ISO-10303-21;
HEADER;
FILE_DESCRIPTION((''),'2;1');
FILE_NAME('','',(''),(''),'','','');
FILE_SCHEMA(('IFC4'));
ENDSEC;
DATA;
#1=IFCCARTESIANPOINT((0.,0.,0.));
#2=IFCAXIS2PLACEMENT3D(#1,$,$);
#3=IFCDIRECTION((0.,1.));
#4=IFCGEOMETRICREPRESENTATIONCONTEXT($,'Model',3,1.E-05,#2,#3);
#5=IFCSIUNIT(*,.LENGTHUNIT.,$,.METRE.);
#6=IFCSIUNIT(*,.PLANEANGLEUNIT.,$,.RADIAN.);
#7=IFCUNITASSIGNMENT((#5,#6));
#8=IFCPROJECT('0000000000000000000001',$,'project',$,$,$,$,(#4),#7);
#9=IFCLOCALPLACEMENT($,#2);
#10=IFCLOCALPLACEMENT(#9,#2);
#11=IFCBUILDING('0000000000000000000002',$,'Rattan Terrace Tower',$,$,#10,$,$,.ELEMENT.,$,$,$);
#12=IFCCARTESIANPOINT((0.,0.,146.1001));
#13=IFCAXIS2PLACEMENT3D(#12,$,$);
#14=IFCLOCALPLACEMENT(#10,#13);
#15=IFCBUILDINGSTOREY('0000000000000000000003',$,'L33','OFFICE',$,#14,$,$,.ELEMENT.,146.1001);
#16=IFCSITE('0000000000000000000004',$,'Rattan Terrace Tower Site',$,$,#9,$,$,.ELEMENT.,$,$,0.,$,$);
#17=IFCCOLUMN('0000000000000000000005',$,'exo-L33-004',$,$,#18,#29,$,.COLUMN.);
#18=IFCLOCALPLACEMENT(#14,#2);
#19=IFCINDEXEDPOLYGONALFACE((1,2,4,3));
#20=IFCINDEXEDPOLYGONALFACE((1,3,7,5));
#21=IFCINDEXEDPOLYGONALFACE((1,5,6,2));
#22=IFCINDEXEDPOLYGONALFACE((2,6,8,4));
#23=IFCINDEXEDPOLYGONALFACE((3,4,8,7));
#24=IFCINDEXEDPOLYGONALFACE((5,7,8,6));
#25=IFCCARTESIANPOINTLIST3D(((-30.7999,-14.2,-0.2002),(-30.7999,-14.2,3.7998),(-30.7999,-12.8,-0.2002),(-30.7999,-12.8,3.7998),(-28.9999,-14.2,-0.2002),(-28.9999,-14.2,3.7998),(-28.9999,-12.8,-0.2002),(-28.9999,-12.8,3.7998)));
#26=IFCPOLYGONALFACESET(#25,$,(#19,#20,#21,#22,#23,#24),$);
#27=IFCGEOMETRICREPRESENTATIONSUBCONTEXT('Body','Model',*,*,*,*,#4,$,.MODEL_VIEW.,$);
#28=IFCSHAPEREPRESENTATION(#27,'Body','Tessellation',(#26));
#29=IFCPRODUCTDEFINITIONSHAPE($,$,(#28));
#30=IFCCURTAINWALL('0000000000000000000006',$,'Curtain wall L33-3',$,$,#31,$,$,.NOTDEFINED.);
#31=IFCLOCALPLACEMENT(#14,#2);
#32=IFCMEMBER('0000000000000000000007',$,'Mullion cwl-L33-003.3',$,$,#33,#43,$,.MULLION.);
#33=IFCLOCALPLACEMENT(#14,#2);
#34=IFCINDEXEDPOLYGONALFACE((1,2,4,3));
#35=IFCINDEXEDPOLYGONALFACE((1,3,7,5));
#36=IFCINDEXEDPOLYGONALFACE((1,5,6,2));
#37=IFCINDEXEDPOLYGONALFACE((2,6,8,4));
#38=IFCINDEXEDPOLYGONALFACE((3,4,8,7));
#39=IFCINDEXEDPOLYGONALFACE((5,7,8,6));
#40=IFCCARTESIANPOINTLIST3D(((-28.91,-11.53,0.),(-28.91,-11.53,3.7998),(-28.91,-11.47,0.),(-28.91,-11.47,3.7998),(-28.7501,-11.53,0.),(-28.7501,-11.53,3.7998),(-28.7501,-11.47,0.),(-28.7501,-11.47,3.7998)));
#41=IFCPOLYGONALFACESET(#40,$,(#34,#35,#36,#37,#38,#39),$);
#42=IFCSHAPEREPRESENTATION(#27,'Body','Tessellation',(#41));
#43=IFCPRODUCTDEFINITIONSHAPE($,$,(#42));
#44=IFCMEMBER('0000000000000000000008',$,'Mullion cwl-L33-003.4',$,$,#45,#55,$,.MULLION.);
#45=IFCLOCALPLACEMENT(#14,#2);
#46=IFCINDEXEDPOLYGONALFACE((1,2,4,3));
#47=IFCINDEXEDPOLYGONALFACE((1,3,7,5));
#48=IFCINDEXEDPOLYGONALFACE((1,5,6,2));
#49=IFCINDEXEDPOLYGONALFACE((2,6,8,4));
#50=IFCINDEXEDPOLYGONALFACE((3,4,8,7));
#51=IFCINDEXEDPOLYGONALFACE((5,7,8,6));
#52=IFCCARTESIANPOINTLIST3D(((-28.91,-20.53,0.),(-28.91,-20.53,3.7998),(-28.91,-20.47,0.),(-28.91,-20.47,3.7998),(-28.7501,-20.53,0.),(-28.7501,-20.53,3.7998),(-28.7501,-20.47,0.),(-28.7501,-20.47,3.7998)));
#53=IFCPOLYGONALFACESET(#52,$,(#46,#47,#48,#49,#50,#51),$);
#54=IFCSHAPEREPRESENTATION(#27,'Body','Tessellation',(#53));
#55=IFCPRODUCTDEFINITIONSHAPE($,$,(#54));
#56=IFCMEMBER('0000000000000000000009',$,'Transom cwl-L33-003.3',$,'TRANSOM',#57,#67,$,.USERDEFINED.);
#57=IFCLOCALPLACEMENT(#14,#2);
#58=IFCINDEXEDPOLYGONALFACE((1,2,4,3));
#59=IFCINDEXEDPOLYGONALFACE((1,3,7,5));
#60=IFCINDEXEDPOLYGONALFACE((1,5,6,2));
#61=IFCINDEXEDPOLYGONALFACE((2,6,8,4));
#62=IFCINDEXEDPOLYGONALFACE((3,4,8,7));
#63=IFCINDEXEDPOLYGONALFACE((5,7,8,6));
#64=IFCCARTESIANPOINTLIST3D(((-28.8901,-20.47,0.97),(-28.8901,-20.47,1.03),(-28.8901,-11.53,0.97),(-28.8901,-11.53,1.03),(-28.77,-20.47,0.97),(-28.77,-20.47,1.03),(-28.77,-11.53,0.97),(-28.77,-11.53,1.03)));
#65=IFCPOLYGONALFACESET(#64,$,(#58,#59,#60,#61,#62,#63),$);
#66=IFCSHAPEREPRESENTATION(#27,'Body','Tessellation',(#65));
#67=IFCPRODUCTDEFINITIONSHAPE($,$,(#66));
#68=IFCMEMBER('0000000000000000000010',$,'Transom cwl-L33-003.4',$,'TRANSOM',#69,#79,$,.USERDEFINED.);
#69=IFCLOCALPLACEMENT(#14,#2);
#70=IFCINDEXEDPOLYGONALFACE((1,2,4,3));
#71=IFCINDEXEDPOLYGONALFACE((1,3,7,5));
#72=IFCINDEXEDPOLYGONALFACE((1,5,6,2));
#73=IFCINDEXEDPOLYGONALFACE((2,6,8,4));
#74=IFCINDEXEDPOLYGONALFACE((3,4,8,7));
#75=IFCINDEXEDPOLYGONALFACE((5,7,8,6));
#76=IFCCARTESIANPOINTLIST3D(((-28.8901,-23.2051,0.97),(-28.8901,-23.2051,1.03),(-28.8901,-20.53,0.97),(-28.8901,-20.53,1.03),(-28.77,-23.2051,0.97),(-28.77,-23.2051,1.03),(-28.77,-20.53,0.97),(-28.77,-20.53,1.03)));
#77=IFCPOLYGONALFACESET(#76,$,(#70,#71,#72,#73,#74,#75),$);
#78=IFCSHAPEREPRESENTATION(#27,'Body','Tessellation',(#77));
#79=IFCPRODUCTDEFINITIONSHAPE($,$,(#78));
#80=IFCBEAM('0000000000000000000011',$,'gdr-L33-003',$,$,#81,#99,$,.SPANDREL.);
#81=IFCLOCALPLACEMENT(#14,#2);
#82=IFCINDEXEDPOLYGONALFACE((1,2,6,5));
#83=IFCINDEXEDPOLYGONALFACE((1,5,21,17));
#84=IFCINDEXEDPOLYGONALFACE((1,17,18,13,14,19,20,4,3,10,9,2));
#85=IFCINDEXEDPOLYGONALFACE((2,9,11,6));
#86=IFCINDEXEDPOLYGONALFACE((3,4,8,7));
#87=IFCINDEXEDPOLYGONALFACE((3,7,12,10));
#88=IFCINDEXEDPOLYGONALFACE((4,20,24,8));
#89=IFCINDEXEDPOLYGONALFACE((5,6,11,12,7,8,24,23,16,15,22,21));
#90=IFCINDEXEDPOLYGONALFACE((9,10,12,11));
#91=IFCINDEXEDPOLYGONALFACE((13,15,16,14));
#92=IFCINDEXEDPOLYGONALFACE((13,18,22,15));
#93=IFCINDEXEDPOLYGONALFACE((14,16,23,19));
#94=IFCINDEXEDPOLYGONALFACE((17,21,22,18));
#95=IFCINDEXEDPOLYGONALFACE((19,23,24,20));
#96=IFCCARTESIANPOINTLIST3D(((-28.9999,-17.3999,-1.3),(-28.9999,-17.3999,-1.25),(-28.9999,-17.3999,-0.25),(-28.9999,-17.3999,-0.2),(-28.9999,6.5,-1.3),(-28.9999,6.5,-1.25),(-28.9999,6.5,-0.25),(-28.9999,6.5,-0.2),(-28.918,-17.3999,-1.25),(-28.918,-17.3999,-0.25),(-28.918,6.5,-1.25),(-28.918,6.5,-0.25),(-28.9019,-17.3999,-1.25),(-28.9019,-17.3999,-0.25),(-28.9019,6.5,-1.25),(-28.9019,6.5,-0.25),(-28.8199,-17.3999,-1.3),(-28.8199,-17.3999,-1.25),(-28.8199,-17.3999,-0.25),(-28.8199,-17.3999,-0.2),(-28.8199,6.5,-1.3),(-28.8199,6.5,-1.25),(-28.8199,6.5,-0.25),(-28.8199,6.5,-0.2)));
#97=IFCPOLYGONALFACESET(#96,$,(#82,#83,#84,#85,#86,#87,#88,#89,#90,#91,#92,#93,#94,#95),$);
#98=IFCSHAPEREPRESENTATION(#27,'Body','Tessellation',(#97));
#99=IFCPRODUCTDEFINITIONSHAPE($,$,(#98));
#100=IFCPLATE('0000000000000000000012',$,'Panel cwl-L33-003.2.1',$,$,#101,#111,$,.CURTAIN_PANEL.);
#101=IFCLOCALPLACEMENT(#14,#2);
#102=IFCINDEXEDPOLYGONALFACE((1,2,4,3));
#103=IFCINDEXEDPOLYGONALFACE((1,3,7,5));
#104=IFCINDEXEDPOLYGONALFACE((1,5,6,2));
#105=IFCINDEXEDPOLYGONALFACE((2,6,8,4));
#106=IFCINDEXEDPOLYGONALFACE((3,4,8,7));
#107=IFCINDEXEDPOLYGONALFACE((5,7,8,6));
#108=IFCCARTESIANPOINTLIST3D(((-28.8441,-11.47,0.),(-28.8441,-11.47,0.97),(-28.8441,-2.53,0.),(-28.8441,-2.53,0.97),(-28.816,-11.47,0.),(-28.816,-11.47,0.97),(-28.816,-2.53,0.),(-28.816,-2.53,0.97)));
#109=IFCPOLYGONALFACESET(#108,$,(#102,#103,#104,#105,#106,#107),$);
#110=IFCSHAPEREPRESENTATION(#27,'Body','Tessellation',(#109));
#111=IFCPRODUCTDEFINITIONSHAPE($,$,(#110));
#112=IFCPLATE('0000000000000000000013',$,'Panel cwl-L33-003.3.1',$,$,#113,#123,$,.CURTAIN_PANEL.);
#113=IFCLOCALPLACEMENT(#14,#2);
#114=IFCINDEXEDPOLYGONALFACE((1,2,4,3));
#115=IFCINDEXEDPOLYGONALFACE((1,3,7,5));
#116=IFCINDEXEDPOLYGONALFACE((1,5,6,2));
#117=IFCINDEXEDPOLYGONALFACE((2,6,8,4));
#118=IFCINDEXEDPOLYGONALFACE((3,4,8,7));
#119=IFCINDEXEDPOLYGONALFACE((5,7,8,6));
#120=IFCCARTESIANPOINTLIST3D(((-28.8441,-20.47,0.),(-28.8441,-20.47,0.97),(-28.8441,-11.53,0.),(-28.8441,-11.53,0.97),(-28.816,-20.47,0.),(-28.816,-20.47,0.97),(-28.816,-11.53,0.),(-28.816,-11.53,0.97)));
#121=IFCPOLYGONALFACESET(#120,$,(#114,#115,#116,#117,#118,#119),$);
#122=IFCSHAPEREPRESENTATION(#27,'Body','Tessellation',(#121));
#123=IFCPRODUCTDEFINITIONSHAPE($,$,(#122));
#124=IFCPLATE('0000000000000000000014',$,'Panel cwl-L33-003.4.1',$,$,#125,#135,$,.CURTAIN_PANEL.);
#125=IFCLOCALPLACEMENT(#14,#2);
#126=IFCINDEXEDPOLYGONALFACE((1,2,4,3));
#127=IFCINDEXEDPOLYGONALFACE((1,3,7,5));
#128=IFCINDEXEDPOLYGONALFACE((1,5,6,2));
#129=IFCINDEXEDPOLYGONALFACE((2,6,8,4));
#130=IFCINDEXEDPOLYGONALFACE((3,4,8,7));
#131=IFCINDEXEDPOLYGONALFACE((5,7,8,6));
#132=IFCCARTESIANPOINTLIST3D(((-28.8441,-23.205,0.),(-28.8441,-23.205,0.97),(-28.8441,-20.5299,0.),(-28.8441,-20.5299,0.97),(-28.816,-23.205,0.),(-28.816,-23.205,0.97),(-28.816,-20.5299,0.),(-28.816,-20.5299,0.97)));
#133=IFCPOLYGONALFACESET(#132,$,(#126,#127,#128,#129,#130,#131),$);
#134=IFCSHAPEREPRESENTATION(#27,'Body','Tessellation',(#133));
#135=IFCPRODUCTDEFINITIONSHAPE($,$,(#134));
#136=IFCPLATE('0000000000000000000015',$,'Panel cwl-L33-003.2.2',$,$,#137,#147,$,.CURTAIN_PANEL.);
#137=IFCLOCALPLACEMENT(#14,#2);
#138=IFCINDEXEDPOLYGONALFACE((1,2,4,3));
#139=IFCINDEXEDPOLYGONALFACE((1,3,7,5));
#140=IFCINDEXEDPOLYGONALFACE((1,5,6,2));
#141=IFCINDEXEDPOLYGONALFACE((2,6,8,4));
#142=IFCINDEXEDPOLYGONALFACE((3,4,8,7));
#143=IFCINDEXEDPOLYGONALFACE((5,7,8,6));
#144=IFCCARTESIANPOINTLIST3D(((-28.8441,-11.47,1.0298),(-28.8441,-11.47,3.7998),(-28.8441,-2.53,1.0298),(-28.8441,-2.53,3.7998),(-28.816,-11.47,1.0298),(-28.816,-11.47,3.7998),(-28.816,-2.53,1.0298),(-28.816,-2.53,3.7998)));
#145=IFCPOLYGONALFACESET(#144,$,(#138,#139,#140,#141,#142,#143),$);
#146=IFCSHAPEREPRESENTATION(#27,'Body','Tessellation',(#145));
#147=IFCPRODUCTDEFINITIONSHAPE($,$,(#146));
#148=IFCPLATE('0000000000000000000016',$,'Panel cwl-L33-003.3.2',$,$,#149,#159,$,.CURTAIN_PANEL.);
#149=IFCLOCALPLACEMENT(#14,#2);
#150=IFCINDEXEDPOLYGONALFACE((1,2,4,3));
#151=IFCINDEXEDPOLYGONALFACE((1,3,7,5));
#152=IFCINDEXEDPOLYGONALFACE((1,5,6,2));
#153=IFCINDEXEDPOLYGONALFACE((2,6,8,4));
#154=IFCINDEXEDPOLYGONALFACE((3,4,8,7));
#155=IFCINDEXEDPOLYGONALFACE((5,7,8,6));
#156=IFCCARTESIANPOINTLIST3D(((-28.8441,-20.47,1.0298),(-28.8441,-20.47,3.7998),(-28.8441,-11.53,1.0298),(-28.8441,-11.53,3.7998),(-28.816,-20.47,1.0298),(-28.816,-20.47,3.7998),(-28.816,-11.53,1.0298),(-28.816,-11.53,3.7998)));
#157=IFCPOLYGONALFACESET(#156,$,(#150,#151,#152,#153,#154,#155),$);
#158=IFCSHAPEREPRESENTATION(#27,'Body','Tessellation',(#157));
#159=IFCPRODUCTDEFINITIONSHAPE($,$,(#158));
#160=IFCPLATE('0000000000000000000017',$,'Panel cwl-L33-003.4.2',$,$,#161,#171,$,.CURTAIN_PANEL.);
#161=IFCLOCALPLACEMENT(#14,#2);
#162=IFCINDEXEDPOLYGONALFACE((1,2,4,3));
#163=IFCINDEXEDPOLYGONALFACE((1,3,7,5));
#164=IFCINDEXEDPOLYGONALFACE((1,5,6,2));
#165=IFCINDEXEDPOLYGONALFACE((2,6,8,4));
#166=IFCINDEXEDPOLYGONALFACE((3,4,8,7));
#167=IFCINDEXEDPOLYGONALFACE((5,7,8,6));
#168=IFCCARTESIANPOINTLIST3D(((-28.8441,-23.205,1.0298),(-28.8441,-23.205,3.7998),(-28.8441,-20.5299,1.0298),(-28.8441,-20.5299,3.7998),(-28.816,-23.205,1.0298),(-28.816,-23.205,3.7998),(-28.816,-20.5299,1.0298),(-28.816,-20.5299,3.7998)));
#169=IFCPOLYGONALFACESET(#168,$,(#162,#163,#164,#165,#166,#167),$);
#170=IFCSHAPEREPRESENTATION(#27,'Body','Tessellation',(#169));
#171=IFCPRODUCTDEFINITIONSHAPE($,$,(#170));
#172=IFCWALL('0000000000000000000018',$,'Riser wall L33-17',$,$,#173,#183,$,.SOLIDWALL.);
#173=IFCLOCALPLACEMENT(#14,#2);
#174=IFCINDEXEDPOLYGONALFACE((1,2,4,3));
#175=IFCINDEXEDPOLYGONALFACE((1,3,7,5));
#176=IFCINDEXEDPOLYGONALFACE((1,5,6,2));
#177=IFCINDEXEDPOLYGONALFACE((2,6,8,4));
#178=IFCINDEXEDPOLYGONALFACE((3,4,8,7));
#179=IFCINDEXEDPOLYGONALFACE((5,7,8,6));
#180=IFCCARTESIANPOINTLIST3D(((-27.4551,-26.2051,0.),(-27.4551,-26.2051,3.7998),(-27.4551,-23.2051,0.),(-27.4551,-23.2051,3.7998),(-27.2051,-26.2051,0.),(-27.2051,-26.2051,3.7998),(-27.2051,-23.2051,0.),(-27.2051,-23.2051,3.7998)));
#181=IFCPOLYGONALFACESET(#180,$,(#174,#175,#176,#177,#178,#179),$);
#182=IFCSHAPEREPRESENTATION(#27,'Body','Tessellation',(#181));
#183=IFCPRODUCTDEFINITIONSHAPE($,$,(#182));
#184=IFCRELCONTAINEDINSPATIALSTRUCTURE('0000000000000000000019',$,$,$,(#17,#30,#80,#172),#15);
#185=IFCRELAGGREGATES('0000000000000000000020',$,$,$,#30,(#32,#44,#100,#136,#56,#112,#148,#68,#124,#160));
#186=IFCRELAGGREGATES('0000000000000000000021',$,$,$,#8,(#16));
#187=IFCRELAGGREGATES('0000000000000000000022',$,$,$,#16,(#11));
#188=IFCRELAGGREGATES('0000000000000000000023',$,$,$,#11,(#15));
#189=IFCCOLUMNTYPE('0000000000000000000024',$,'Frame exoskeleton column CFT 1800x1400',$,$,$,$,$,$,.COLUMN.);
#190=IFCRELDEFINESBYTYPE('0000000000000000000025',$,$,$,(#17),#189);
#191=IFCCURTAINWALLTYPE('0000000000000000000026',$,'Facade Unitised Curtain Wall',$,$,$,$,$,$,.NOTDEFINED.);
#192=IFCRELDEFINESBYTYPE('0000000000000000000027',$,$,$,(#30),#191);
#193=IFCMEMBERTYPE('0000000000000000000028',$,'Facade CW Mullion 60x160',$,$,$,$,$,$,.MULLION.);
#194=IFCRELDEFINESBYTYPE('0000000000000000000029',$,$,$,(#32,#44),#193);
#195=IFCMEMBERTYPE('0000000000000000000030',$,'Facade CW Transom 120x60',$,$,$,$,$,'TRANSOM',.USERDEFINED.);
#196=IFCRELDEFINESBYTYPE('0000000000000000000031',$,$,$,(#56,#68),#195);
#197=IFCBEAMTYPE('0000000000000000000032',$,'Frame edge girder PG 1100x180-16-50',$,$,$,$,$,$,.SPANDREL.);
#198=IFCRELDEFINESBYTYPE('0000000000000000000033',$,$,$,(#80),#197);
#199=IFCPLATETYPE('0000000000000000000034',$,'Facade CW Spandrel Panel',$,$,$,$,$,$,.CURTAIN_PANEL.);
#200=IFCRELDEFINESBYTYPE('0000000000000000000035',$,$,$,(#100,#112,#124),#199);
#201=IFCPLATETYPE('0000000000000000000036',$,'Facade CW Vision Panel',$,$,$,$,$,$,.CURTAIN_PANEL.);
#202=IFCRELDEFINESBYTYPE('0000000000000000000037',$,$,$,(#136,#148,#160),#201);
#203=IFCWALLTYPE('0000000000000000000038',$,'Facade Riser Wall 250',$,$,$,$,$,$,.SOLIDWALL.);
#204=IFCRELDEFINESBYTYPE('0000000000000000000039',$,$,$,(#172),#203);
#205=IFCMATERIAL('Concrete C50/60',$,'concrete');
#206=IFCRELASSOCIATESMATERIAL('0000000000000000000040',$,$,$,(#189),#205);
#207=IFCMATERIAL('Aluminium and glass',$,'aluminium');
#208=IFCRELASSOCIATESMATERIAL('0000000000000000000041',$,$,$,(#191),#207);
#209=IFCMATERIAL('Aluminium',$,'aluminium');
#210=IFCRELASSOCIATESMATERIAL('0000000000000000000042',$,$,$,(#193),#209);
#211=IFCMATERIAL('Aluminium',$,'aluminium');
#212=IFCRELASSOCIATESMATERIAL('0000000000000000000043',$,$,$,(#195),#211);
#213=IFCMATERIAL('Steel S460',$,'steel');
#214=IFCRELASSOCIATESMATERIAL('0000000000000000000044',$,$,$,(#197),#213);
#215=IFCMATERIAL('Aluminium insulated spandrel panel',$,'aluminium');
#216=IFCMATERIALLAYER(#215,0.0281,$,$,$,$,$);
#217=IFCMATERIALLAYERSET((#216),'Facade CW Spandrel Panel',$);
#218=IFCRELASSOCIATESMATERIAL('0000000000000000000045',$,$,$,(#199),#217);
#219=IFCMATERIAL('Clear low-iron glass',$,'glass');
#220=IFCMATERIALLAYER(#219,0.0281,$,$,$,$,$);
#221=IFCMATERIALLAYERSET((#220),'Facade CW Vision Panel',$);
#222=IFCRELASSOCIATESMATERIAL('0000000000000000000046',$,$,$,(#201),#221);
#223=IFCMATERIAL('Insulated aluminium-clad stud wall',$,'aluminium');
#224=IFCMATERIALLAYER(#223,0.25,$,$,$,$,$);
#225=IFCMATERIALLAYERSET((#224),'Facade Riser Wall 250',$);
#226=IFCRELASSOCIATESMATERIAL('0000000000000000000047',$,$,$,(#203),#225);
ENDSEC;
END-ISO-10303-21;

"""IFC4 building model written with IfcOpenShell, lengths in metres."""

from ifc_helpers import new_model, si_unit, direction, frame, frame_2d, origin, origin_2d, place, context, subcontext, project, spatial, rectangle, i_section, extrude, material, layer, layer_set, material_profile, profile_set, type_object, element, aggregate, save


model = new_model("IFC4")

# Units and contexts
model_context = context("Model", 3, precision=1e-05, world=origin(), true_north=direction((0.0, 1.0)))
body_context = subcontext(model_context, "Body", "Model", "MODEL_VIEW")
ifc_project = project(units=[si_unit("LENGTHUNIT", "METRE"), si_unit("PLANEANGLEUNIT", "RADIAN")], contexts=[model_context])

# Site, building, storey
site_placement = place(None, origin())
site = spatial("IfcSite", under=ifc_project, at=site_placement, Name="Rattan Terrace Tower Site", CompositionType="ELEMENT", RefElevation=0.0)
building_placement = place(site_placement, origin())
building = spatial("IfcBuilding", under=site, at=building_placement, Name="Rattan Terrace Tower", CompositionType="ELEMENT")
storey_placement = place(building_placement, frame((0.0, 0.0, 146.1001)))
storey = spatial("IfcBuildingStorey", under=building, at=storey_placement, Name="L33", Description="OFFICE", CompositionType="ELEMENT", Elevation=146.1001)

# Column
ifc_material_1 = material(Name="Concrete C50/60", Category="concrete")
ifc_material_profile_1 = material_profile(ifc_material_1, rectangle(XDim=1.3999, YDim=1.8, at=origin_2d()), Name="CFT 1800x1400")
ifc_profile_set_1 = profile_set([ifc_material_profile_1], Name="Concrete C50/60")
column_type = type_object("IfcColumnType", Name="Frame exoskeleton column CFT 1800x1400", PredefinedType="COLUMN", material=ifc_profile_set_1)
column_placement = place(storey_placement, frame((-29.8999, -13.5, -0.2002), z_axis=(0.0, 0.0, 1.0), x_axis=(0.0, 1.0, 0.0)))
element("IfcColumn", 1, at=column_placement, inside=storey, type_object=column_type, Name="exo-L33-004", PredefinedType="COLUMN", context=body_context, shape_type="SweptSolid", body=[
    extrude(rectangle(XDim=1.3999, YDim=1.8, at=origin_2d()), origin(), (0.0, 0.0, 1.0), 4.0),
])

# Curtain wall, members
ifc_material_2 = material(Name="Aluminium and glass", Category="aluminium")
curtain_wall_type = type_object("IfcCurtainWallType", Name="Facade Unitised Curtain Wall", PredefinedType="NOTDEFINED", material=ifc_material_2)
curtain_wall_placement = place(storey_placement, origin())
curtain_wall = element("IfcCurtainWall", 2, at=curtain_wall_placement, inside=storey, type_object=curtain_wall_type, Name="Curtain wall L33-3", PredefinedType="NOTDEFINED")
ifc_material_3 = material(Name="Aluminium", Category="aluminium")
ifc_material_profile_2 = material_profile(ifc_material_3, rectangle(XDim=0.0601, YDim=0.1599, at=origin_2d()), Name="Aluminium 60x160")
ifc_profile_set_2 = profile_set([ifc_material_profile_2], Name="Aluminium")
member_type_1 = type_object("IfcMemberType", Name="Facade CW Mullion 60x160", PredefinedType="MULLION", material=ifc_profile_set_2)
member_1_placement = place(storey_placement, frame((-28.8301, -11.5, 0.0), z_axis=(0.0, 0.0, 1.0), x_axis=(0.0, -1.0, 0.0)))
member_1 = element("IfcMember", 3, at=member_1_placement, type_object=member_type_1, Name="Mullion cwl-L33-003.3", PredefinedType="MULLION", context=body_context, shape_type="SweptSolid", body=[
    extrude(rectangle(XDim=0.0601, YDim=0.1599, at=origin_2d()), origin(), (0.0, 0.0, 1.0), 3.7998),
])
member_2_placement = place(storey_placement, frame((-28.8301, -20.5, 0.0), z_axis=(0.0, 0.0, 1.0), x_axis=(0.0, -1.0, 0.0)))
member_2 = element("IfcMember", 4, at=member_2_placement, type_object=member_type_1, Name="Mullion cwl-L33-003.4", PredefinedType="MULLION", context=body_context, shape_type="SweptSolid", body=[
    extrude(rectangle(XDim=0.0601, YDim=0.1599, at=origin_2d()), origin(), (0.0, 0.0, 1.0), 3.7998),
])
ifc_material_4 = material(Name="Aluminium", Category="aluminium")
ifc_material_profile_3 = material_profile(ifc_material_4, rectangle(XDim=0.1201, YDim=0.0601, at=origin_2d()), Name="Aluminium 120x60")
ifc_profile_set_3 = profile_set([ifc_material_profile_3], Name="Aluminium")
member_type_2 = type_object("IfcMemberType", Name="Facade CW Transom 120x60", ElementType="TRANSOM", PredefinedType="USERDEFINED", material=ifc_profile_set_3)
member_3_placement = place(storey_placement, frame((-28.8301, -11.53, 1.0), z_axis=(0.0, -1.0, 0.0), x_axis=(1.0, 0.0, 0.0)))
member_3 = element("IfcMember", 5, at=member_3_placement, type_object=member_type_2, Name="Transom cwl-L33-003.3", ObjectType="TRANSOM", PredefinedType="USERDEFINED", context=body_context, shape_type="SweptSolid", body=[
    extrude(rectangle(XDim=0.1201, YDim=0.0601, at=origin_2d()), origin(), (0.0, 0.0, 1.0), 8.9399),
])
member_4_placement = place(storey_placement, frame((-28.8301, -20.53, 1.0), z_axis=(0.0, -1.0, 0.0), x_axis=(1.0, 0.0, 0.0)))
member_4 = element("IfcMember", 6, at=member_4_placement, type_object=member_type_2, Name="Transom cwl-L33-003.4", ObjectType="TRANSOM", PredefinedType="USERDEFINED", context=body_context, shape_type="SweptSolid", body=[
    extrude(rectangle(XDim=0.1201, YDim=0.0601, at=origin_2d()), origin(), (0.0, 0.0, 1.0), 2.675),
])

# Beam
ifc_material_5 = material(Name="Steel S460", Category="steel")
ifc_material_profile_4 = material_profile(ifc_material_5, i_section(OverallWidth=0.1799, OverallDepth=1.1001, WebThickness=0.0161, FlangeThickness=0.05, at=origin_2d()), Name="PG 1100x180-16-50")
ifc_profile_set_4 = profile_set([ifc_material_profile_4], Name="Steel S460")
beam_type = type_object("IfcBeamType", Name="Frame edge girder PG 1100x180-16-50", PredefinedType="SPANDREL", material=ifc_profile_set_4)
beam_placement = place(storey_placement, frame((-28.9099, -17.3999, -0.75), z_axis=(0.0, 1.0, 0.0), x_axis=(-1.0, 0.0, 0.0)))
element("IfcBeam", 7, at=beam_placement, inside=storey, type_object=beam_type, Name="gdr-L33-003", PredefinedType="SPANDREL", context=body_context, shape_type="SweptSolid", body=[
    extrude(i_section(OverallWidth=0.1799, OverallDepth=1.1001, WebThickness=0.0161, FlangeThickness=0.05, at=origin_2d()), origin(), (0.0, 0.0, 1.0), 23.8999),
])

# Plates
ifc_material_6 = material(Name="Aluminium insulated spandrel panel", Category="aluminium")
ifc_layer_1 = layer(ifc_material_6, 0.0281)
ifc_layer_set_1 = layer_set([ifc_layer_1], Name="Facade CW Spandrel Panel")
plate_type_1 = type_object("IfcPlateType", Name="Facade CW Spandrel Panel", PredefinedType="CURTAIN_PANEL", material=ifc_layer_set_1)
plate_1_placement = place(storey_placement, frame((-28.8301, -7.0, 0.0), z_axis=(0.0, 0.0, 1.0), x_axis=(0.0, -1.0, 0.0)))
plate_1 = element("IfcPlate", 8, at=plate_1_placement, type_object=plate_type_1, Name="Panel cwl-L33-003.2.1", PredefinedType="CURTAIN_PANEL", context=body_context, shape_type="SweptSolid", body=[
    extrude(rectangle(XDim=8.9399, YDim=0.0281, at=origin_2d()), origin(), (0.0, 0.0, 1.0), 0.97),
])
plate_2_placement = place(storey_placement, frame((-28.8301, -16.0, 0.0), z_axis=(0.0, 0.0, 1.0), x_axis=(0.0, -1.0, 0.0)))
plate_2 = element("IfcPlate", 9, at=plate_2_placement, type_object=plate_type_1, Name="Panel cwl-L33-003.3.1", PredefinedType="CURTAIN_PANEL", context=body_context, shape_type="SweptSolid", body=[
    extrude(rectangle(XDim=8.9399, YDim=0.0281, at=origin_2d()), origin(), (0.0, 0.0, 1.0), 0.97),
])
plate_3_placement = place(storey_placement, frame((-28.8301, -21.8674, 0.0), z_axis=(0.0, 0.0, 1.0), x_axis=(0.0, -1.0, 0.0)))
plate_3 = element("IfcPlate", 10, at=plate_3_placement, type_object=plate_type_1, Name="Panel cwl-L33-003.4.1", PredefinedType="CURTAIN_PANEL", context=body_context, shape_type="SweptSolid", body=[
    extrude(rectangle(XDim=2.675, YDim=0.0281, at=origin_2d()), origin(), (0.0, 0.0, 1.0), 0.97),
])
ifc_material_7 = material(Name="Clear low-iron glass", Category="glass")
ifc_layer_2 = layer(ifc_material_7, 0.0281)
ifc_layer_set_2 = layer_set([ifc_layer_2], Name="Facade CW Vision Panel")
plate_type_2 = type_object("IfcPlateType", Name="Facade CW Vision Panel", PredefinedType="CURTAIN_PANEL", material=ifc_layer_set_2)
plate_4_placement = place(storey_placement, frame((-28.8301, -7.0, 1.0298), z_axis=(0.0, 0.0, 1.0), x_axis=(0.0, -1.0, 0.0)))
plate_4 = element("IfcPlate", 11, at=plate_4_placement, type_object=plate_type_2, Name="Panel cwl-L33-003.2.2", PredefinedType="CURTAIN_PANEL", context=body_context, shape_type="SweptSolid", body=[
    extrude(rectangle(XDim=8.9399, YDim=0.0281, at=origin_2d()), origin(), (0.0, 0.0, 1.0), 2.77),
])
plate_5_placement = place(storey_placement, frame((-28.8301, -16.0, 1.0298), z_axis=(0.0, 0.0, 1.0), x_axis=(0.0, -1.0, 0.0)))
plate_5 = element("IfcPlate", 12, at=plate_5_placement, type_object=plate_type_2, Name="Panel cwl-L33-003.3.2", PredefinedType="CURTAIN_PANEL", context=body_context, shape_type="SweptSolid", body=[
    extrude(rectangle(XDim=8.9399, YDim=0.0281, at=origin_2d()), origin(), (0.0, 0.0, 1.0), 2.77),
])
plate_6_placement = place(storey_placement, frame((-28.8301, -21.8674, 1.0298), z_axis=(0.0, 0.0, 1.0), x_axis=(0.0, -1.0, 0.0)))
plate_6 = element("IfcPlate", 13, at=plate_6_placement, type_object=plate_type_2, Name="Panel cwl-L33-003.4.2", PredefinedType="CURTAIN_PANEL", context=body_context, shape_type="SweptSolid", body=[
    extrude(rectangle(XDim=2.675, YDim=0.0281, at=origin_2d()), origin(), (0.0, 0.0, 1.0), 2.77),
])
aggregate(curtain_wall, [member_1, member_2, plate_1, plate_4, member_3, plate_2, plate_5, member_4, plate_3, plate_6])

# Wall
ifc_material_8 = material(Name="Insulated aluminium-clad stud wall", Category="aluminium")
ifc_layer_3 = layer(ifc_material_8, 0.25)
ifc_layer_set_3 = layer_set([ifc_layer_3], Name="Facade Riser Wall 250")
wall_type_1 = type_object("IfcWallType", Name="Facade Riser Wall 250", PredefinedType="SOLIDWALL", material=ifc_layer_set_3)
wall_1_placement = place(storey_placement, frame((-27.3301, -23.2051, 0.0), z_axis=(0.0, 0.0, 1.0), x_axis=(0.0, -1.0, 0.0)))
element("IfcWall", 14, at=wall_1_placement, inside=storey, type_object=wall_type_1, Name="Riser wall L33-17", PredefinedType="SOLIDWALL", context=body_context, shape_type="SweptSolid", body=[
    extrude(rectangle(XDim=3.0, YDim=0.25, at=frame_2d((1.5, 0.0))), origin(), (0.0, 0.0, 1.0), 3.7998),
])

save(model, "model.ifc")
